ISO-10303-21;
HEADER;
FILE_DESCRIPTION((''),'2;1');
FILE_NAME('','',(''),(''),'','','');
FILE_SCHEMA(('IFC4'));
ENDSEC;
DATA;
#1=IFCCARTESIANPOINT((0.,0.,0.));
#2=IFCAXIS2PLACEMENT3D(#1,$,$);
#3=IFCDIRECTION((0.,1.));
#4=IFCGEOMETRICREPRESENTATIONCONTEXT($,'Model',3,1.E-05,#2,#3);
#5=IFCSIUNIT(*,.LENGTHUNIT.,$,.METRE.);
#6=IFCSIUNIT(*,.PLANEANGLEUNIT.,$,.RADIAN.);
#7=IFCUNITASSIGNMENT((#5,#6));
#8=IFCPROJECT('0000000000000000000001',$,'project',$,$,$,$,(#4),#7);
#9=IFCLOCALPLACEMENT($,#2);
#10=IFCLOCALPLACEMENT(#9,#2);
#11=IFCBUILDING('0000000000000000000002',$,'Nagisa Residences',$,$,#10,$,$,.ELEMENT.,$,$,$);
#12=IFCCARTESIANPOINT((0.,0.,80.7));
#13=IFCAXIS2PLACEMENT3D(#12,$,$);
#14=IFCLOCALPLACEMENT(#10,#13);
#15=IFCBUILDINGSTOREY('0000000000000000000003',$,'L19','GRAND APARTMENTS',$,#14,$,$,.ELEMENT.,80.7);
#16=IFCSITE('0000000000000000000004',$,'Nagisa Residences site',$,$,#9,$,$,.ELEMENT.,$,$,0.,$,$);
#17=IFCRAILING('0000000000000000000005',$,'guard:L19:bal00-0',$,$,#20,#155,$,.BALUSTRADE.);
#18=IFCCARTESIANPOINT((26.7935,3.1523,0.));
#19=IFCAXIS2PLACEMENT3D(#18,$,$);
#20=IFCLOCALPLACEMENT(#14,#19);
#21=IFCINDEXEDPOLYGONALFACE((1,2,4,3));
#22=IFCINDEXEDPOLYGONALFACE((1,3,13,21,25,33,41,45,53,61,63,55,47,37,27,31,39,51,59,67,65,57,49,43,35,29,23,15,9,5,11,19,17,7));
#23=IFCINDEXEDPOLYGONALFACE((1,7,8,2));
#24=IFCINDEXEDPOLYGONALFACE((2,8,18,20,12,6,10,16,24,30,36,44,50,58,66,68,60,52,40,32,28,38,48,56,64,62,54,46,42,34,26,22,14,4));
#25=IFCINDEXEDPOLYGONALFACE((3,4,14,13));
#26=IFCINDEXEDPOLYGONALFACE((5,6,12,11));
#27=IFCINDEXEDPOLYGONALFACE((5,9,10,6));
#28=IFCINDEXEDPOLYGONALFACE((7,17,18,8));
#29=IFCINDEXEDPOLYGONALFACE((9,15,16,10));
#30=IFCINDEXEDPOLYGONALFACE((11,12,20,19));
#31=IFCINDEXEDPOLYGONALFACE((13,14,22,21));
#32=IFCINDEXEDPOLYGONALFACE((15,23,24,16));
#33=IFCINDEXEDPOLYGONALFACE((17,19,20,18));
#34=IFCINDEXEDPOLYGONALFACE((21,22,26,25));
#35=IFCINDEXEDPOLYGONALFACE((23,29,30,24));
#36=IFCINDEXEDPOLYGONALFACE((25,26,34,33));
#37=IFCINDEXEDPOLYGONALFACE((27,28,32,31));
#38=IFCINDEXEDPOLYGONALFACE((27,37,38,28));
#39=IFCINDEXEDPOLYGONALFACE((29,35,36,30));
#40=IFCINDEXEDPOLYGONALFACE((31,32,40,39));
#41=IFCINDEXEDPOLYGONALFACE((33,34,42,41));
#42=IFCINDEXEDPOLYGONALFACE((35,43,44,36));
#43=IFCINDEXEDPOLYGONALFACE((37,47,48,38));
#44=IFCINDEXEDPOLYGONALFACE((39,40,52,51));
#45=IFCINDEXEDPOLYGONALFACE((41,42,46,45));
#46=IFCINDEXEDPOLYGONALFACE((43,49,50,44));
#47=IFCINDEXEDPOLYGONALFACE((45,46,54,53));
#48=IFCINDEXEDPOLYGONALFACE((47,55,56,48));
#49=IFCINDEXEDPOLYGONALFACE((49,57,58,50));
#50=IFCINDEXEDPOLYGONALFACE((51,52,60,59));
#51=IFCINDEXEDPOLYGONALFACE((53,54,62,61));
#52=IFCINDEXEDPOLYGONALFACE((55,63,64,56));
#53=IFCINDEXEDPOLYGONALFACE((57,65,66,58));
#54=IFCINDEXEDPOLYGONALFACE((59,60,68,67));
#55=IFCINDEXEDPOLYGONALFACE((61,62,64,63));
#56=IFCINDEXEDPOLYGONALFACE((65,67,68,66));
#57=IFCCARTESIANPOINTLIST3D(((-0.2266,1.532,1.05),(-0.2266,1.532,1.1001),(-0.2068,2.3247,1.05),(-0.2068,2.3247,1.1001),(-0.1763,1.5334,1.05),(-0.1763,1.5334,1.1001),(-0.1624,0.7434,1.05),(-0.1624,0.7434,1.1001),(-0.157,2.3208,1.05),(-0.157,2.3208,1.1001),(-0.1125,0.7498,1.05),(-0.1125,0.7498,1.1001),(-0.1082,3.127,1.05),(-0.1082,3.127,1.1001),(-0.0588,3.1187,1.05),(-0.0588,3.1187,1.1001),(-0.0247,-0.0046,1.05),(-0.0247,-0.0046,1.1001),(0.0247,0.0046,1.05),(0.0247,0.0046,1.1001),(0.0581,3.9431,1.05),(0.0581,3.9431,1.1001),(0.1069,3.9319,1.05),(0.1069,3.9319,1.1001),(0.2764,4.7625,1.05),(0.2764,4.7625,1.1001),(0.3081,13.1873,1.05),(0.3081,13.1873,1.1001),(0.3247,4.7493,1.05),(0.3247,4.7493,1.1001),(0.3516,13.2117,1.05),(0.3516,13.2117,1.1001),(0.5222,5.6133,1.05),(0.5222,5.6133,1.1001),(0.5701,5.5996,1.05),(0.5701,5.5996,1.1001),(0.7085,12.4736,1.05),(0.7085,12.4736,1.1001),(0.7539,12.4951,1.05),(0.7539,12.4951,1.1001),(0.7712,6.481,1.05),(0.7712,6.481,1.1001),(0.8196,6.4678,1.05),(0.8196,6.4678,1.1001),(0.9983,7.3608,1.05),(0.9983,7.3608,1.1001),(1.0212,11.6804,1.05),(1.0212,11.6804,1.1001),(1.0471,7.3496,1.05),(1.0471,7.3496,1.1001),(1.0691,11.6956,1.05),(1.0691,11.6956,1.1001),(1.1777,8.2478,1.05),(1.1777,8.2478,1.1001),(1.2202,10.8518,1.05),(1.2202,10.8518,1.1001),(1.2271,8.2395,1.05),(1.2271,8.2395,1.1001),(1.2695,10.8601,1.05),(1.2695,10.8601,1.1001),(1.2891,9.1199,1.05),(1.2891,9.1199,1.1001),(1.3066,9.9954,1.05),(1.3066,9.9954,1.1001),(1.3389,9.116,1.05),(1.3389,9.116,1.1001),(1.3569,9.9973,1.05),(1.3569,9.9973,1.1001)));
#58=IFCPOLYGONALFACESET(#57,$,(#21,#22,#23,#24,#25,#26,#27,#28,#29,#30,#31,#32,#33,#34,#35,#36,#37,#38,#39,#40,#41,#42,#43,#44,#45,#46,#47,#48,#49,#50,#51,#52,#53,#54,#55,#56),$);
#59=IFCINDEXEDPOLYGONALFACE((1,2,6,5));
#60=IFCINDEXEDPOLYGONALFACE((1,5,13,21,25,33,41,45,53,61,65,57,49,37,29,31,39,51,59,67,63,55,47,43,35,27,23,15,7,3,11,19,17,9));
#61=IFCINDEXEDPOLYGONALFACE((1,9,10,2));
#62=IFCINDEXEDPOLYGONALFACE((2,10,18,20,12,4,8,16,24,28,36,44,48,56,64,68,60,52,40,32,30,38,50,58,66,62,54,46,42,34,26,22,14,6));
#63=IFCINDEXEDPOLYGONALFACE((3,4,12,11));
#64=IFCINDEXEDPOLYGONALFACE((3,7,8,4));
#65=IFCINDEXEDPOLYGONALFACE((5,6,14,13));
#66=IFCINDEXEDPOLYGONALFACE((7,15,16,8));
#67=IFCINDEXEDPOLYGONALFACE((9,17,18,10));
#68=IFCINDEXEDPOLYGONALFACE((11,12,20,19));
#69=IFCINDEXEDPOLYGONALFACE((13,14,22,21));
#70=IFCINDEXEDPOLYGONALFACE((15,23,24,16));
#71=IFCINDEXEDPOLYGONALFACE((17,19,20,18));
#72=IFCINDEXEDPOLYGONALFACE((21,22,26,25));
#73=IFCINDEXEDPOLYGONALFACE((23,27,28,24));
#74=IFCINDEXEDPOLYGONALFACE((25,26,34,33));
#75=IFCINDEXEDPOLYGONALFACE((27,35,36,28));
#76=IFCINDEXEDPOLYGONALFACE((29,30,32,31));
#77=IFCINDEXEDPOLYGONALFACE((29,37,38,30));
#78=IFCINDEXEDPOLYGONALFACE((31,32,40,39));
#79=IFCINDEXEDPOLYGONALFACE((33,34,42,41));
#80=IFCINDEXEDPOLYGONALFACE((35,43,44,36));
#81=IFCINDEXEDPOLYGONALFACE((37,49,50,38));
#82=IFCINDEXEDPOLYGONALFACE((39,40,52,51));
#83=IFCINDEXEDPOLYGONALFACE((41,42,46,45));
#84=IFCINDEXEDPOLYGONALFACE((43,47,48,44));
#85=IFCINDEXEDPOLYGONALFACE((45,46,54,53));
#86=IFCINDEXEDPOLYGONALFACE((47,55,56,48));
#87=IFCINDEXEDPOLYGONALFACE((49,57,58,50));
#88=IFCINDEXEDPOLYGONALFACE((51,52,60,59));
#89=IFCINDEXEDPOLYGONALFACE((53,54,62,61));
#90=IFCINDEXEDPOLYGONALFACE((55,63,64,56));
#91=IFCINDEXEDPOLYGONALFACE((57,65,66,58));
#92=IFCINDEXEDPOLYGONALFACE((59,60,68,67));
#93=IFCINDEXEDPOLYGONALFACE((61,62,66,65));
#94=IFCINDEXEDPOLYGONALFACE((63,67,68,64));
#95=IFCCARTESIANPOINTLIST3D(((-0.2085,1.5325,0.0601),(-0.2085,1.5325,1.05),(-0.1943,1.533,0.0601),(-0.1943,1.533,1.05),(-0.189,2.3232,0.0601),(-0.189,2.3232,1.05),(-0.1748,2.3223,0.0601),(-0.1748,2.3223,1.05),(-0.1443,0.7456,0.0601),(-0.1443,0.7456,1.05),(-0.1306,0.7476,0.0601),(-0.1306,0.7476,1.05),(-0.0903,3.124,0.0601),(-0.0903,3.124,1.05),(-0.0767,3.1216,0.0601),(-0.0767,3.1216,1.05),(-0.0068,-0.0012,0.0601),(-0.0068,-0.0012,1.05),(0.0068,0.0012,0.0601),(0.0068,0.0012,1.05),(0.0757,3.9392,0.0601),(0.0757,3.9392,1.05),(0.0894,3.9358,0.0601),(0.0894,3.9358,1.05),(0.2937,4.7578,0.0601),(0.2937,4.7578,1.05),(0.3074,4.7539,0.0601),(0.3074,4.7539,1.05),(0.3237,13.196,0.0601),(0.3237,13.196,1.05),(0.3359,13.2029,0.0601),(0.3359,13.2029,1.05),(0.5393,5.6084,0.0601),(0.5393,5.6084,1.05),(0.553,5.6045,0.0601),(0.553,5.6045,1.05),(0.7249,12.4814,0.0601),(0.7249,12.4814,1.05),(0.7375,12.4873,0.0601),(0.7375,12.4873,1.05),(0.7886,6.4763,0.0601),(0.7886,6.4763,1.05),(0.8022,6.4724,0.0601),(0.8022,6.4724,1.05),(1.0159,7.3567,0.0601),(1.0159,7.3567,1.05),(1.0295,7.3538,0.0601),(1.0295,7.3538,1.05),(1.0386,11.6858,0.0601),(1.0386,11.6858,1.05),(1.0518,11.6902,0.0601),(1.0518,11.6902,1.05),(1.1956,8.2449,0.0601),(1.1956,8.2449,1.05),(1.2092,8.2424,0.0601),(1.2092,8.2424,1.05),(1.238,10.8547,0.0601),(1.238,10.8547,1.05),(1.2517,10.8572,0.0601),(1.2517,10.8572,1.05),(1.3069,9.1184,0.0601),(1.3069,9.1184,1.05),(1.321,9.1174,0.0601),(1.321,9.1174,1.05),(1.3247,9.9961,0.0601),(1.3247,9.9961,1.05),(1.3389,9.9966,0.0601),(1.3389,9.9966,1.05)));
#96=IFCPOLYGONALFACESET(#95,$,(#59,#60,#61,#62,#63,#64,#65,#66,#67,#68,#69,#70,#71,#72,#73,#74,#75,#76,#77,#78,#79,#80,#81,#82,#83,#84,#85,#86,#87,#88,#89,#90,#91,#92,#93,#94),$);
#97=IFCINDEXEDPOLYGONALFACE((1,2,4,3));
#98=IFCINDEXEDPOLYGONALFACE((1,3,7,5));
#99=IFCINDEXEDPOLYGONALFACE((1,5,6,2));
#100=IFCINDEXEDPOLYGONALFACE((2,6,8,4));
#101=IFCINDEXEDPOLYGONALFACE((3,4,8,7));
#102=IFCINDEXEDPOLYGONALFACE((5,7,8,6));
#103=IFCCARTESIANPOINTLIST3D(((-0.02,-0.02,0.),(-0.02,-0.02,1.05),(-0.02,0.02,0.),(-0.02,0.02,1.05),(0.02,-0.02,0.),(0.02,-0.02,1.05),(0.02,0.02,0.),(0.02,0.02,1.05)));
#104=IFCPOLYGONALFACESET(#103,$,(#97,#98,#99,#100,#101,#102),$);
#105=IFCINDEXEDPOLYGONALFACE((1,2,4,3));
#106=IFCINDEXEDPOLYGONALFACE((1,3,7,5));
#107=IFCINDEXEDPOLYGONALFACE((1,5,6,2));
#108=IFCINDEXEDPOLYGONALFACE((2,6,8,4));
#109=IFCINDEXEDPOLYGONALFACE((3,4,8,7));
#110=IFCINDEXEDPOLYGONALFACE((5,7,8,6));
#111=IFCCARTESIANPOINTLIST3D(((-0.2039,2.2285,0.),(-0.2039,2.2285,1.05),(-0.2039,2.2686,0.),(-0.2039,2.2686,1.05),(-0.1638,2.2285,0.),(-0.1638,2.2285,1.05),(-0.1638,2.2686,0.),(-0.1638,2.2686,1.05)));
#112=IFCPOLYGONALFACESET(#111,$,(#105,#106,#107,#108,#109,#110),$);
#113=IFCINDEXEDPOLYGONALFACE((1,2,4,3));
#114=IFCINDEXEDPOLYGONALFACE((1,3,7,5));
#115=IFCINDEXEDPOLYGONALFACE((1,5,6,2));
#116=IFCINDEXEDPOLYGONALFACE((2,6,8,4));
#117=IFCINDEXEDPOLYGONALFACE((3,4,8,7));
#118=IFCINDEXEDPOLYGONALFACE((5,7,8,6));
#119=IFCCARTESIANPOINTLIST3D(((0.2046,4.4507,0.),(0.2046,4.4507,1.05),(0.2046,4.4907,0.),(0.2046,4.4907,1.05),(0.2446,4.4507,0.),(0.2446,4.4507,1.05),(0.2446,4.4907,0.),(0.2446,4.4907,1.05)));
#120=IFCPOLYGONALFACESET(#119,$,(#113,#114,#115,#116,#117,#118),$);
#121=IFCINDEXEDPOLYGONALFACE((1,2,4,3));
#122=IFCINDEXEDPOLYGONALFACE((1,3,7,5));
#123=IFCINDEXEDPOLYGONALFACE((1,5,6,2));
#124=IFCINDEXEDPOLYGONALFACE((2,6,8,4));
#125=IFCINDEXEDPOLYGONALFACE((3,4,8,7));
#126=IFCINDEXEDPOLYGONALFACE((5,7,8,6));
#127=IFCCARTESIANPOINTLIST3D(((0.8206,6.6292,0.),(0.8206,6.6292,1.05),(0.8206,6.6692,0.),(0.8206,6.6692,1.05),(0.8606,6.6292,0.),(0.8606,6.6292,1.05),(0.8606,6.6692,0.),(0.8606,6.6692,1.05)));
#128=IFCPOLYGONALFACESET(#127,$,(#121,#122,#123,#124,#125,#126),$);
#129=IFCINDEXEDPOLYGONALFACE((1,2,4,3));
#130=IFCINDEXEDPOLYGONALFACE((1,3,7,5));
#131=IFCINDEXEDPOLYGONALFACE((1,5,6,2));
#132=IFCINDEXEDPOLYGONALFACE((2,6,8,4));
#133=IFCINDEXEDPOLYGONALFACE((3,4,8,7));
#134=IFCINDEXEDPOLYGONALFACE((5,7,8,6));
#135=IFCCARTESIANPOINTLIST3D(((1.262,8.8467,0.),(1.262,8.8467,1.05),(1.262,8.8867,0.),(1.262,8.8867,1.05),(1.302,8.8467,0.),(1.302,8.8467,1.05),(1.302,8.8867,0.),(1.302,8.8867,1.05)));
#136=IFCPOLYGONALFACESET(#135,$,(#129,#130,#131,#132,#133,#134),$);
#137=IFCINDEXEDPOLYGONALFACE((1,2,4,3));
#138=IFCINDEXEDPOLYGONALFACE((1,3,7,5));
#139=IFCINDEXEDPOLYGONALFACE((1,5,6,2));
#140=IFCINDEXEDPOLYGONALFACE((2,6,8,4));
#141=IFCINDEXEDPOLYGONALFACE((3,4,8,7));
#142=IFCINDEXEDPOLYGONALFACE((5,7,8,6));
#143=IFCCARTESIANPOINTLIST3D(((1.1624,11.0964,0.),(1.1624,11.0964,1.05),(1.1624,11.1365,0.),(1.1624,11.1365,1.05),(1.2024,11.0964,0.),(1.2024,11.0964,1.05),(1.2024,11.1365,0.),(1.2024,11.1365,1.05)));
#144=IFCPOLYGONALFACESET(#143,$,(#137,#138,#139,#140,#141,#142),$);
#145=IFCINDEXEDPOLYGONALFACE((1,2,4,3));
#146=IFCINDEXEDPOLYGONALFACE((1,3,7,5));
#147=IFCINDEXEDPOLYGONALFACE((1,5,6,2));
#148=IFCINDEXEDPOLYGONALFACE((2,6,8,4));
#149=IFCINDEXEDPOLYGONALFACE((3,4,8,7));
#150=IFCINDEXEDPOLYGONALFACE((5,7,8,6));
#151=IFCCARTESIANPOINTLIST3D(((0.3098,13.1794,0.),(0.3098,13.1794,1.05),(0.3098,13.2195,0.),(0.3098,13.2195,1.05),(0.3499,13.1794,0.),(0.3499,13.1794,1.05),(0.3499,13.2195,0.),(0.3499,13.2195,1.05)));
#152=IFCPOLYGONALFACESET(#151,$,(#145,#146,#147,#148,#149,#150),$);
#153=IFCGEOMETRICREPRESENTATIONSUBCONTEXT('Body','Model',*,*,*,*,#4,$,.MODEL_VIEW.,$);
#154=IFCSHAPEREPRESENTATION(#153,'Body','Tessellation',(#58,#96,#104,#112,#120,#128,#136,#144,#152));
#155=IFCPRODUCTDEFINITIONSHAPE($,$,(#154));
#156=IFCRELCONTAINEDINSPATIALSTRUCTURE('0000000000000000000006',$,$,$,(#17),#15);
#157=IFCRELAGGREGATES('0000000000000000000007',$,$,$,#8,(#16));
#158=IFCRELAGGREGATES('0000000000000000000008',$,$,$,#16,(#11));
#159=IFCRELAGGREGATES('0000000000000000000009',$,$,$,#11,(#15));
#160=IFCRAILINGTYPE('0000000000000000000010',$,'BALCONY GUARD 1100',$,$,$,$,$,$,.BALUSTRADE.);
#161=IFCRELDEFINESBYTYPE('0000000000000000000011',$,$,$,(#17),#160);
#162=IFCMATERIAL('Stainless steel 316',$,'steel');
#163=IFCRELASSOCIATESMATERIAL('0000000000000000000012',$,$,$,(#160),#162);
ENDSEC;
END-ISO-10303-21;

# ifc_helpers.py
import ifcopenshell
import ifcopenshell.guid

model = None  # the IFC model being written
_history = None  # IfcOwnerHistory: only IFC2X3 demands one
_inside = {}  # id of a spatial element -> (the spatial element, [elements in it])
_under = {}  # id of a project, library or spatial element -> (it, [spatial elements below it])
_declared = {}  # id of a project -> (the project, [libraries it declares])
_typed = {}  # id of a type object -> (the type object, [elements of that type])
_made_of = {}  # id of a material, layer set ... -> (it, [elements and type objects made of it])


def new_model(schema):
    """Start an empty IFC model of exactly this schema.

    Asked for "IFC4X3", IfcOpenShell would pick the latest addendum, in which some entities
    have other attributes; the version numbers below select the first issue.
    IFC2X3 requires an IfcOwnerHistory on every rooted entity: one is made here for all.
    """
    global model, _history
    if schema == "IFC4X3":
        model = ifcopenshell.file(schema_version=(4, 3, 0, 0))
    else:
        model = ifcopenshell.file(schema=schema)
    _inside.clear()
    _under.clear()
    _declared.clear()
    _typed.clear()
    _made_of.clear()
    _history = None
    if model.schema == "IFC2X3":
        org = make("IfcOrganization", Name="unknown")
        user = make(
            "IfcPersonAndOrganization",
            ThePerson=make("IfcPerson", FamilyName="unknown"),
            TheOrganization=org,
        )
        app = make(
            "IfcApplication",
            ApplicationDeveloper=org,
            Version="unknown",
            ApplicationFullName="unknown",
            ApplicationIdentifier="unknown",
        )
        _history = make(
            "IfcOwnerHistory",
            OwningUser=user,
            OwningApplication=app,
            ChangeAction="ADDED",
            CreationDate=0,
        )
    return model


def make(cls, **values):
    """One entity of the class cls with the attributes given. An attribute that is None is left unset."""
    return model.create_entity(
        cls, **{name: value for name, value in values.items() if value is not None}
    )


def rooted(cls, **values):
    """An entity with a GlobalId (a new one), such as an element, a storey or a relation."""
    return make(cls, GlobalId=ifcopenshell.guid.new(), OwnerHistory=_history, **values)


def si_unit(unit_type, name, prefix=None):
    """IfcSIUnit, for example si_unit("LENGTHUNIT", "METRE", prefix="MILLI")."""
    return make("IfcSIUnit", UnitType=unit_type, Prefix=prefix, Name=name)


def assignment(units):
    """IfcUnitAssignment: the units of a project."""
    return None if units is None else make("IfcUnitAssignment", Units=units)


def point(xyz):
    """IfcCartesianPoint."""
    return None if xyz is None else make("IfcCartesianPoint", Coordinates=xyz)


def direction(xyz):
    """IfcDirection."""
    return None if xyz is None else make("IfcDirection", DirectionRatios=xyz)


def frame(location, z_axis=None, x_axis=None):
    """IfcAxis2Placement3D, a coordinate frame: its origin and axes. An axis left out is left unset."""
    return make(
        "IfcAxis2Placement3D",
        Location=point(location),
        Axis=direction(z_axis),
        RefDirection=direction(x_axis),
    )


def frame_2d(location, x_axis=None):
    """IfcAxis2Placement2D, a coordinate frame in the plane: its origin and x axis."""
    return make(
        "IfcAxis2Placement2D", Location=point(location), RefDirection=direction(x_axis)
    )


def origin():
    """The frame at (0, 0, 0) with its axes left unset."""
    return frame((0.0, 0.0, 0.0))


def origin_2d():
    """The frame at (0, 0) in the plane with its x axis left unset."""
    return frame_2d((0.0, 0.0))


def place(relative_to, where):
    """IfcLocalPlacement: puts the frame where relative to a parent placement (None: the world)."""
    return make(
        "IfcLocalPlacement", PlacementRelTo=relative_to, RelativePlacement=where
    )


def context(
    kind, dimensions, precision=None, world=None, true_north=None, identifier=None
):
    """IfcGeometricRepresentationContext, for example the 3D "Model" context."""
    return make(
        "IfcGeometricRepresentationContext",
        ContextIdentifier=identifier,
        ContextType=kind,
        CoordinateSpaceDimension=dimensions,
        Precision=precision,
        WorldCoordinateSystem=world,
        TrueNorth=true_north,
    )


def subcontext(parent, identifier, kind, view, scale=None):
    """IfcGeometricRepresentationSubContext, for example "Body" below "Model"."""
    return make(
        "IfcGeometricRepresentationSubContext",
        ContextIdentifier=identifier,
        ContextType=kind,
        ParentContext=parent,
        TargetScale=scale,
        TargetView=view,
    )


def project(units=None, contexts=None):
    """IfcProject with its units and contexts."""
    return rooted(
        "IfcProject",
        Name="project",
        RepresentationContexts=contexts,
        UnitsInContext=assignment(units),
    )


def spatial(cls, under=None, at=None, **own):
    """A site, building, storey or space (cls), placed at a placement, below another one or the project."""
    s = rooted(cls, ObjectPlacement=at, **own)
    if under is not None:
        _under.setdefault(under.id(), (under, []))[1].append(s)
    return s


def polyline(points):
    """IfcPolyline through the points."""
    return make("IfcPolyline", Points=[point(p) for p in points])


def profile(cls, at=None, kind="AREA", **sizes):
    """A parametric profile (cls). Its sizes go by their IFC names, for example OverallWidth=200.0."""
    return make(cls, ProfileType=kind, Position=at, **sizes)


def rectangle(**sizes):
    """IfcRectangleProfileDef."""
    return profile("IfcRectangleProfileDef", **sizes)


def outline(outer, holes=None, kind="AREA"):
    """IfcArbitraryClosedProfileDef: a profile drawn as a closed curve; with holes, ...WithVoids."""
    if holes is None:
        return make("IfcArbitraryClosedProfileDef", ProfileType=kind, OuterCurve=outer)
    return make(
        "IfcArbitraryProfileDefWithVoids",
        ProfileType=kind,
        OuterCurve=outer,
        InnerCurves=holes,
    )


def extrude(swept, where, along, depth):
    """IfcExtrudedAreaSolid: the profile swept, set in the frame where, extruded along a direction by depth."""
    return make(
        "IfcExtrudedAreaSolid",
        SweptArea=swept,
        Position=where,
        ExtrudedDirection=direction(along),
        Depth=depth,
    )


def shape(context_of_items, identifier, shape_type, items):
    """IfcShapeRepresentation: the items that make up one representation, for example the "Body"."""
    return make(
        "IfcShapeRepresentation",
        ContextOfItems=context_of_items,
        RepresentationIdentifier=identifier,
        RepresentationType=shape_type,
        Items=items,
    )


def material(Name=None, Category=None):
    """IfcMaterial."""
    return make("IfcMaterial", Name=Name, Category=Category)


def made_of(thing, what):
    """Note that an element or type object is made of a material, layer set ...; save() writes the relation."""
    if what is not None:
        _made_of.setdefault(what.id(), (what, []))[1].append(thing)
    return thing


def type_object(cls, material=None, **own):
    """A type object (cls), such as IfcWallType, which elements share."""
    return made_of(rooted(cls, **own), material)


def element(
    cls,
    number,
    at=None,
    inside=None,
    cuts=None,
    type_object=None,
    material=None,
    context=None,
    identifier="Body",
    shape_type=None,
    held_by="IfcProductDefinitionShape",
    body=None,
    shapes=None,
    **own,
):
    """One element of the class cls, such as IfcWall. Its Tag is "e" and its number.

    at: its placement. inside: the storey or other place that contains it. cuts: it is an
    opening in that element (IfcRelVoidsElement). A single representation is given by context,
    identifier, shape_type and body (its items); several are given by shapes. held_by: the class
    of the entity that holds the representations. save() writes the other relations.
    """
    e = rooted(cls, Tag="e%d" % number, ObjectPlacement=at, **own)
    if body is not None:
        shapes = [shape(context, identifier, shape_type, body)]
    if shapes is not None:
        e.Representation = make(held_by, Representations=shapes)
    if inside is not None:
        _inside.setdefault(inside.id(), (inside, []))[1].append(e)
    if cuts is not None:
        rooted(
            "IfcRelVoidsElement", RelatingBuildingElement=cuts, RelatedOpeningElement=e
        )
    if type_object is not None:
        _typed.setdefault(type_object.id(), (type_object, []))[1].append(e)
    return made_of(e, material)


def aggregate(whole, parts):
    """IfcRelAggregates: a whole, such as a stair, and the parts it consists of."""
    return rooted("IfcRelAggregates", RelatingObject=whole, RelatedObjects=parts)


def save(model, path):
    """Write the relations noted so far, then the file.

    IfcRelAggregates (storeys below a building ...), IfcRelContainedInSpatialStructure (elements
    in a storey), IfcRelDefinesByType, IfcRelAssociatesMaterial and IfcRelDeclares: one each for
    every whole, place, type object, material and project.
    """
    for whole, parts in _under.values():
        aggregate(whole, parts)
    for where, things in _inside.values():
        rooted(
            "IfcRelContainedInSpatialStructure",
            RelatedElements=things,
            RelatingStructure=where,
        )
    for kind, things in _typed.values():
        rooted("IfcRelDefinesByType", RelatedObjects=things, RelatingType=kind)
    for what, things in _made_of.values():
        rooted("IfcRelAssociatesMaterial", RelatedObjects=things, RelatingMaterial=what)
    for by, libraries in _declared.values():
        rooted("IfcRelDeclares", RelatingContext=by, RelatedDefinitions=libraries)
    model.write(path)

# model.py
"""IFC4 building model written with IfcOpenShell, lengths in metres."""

from ifc_helpers import new_model, si_unit, direction, frame, origin, origin_2d, place, context, subcontext, project, spatial, polyline, rectangle, outline, extrude, material, type_object, element, save


model = new_model("IFC4")

# Units and contexts
model_context = context("Model", 3, precision=1e-05, world=origin(), true_north=direction((0.0, 1.0)))
body_context = subcontext(model_context, "Body", "Model", "MODEL_VIEW")
ifc_project = project(units=[si_unit("LENGTHUNIT", "METRE"), si_unit("PLANEANGLEUNIT", "RADIAN")], contexts=[model_context])

# Site, building, storey
site_placement = place(None, origin())
site = spatial("IfcSite", under=ifc_project, at=site_placement, Name="Nagisa Residences site", CompositionType="ELEMENT", RefElevation=0.0)
building_placement = place(site_placement, origin())
building = spatial("IfcBuilding", under=site, at=building_placement, Name="Nagisa Residences", CompositionType="ELEMENT")
storey_placement = place(building_placement, frame((0.0, 0.0, 80.7)))
storey = spatial("IfcBuildingStorey", under=building, at=storey_placement, Name="L19", Description="GRAND APARTMENTS", CompositionType="ELEMENT", Elevation=80.7)

# Railing
ifc_material_1 = material(Name="Stainless steel 316", Category="steel")
railing_type = type_object("IfcRailingType", Name="BALCONY GUARD 1100", PredefinedType="BALUSTRADE", material=ifc_material_1)
railing_placement = place(storey_placement, frame((26.7935, 3.1523, 0.0)))
element("IfcRailing", 1, at=railing_placement, inside=storey, type_object=railing_type, Name="guard:L19:bal00-0", PredefinedType="BALUSTRADE", context=body_context, shape_type="SweptSolid", body=[
    extrude(outline(polyline([(-0.1624, 0.7434), (-0.0247, -0.0046), (0.0247, 0.0046), (-0.1125, 0.7498), (-0.1763, 1.5334), (-0.157, 2.3208), (-0.0588, 3.1187), (0.1069, 3.9319), (0.3247, 4.7493), (0.5701, 5.5996), (0.8196, 6.4678), (1.0471, 7.3496), (1.2271, 8.2395), (1.3389, 9.116), (1.3569, 9.9973), (1.2695, 10.8601), (1.0691, 11.6956), (0.7539, 12.4951), (0.3516, 13.2117), (0.3081, 13.1873), (0.7085, 12.4736), (1.0212, 11.6804), (1.2202, 10.8518), (1.3066, 9.9954), (1.2891, 9.1199), (1.1777, 8.2478), (0.9983, 7.3608), (0.7712, 6.481), (0.5222, 5.6133), (0.2764, 4.7625), (0.0581, 3.9431), (-0.1082, 3.127), (-0.2068, 2.3247), (-0.2266, 1.532), (-0.1624, 0.7434)])), frame((0.0, 0.0, 1.05)), (0.0, 0.0, 1.0), 0.05),
    extrude(outline(polyline([(-0.1443, 0.7456), (-0.0068, -0.0012), (0.0068, 0.0012), (-0.1306, 0.7476), (-0.1943, 1.533), (-0.1748, 2.3223), (-0.0767, 3.1216), (0.0894, 3.9358), (0.3074, 4.7539), (0.553, 5.6045), (0.8022, 6.4724), (1.0295, 7.3538), (1.2092, 8.2424), (1.321, 9.1174), (1.3389, 9.9966), (1.2517, 10.8572), (1.0518, 11.6902), (0.7375, 12.4873), (0.3359, 13.2029), (0.3237, 13.196), (0.7249, 12.4814), (1.0386, 11.6858), (1.238, 10.8547), (1.3247, 9.9961), (1.3069, 9.1184), (1.1956, 8.2449), (1.0159, 7.3567), (0.7886, 6.4763), (0.5393, 5.6084), (0.2937, 4.7578), (0.0757, 3.9392), (-0.0903, 3.124), (-0.189, 2.3232), (-0.2085, 1.5325), (-0.1443, 0.7456)])), frame((0.0, 0.0, 0.0601)), (0.0, 0.0, 1.0), 0.99),
    extrude(rectangle(XDim=0.04, YDim=0.04, at=origin_2d()), origin(), (0.0, 0.0, 1.0), 1.05),
    extrude(rectangle(XDim=0.04, YDim=0.04, at=origin_2d()), frame((-0.1838, 2.2485, 0.0)), (0.0, 0.0, 1.0), 1.05),
    extrude(rectangle(XDim=0.04, YDim=0.04, at=origin_2d()), frame((0.2246, 4.4707, 0.0)), (0.0, 0.0, 1.0), 1.05),
    extrude(rectangle(XDim=0.04, YDim=0.04, at=origin_2d()), frame((0.8406, 6.6492, 0.0)), (0.0, 0.0, 1.0), 1.05),
    extrude(rectangle(XDim=0.04, YDim=0.04, at=origin_2d()), frame((1.282, 8.8667, 0.0)), (0.0, 0.0, 1.0), 1.05),
    extrude(rectangle(XDim=0.04, YDim=0.04, at=origin_2d()), frame((1.1824, 11.1165, 0.0)), (0.0, 0.0, 1.0), 1.05),
    extrude(rectangle(XDim=0.04, YDim=0.04, at=origin_2d()), frame((0.3298, 13.1995, 0.0)), (0.0, 0.0, 1.0), 1.05),
])

save(model, "model.ifc")
